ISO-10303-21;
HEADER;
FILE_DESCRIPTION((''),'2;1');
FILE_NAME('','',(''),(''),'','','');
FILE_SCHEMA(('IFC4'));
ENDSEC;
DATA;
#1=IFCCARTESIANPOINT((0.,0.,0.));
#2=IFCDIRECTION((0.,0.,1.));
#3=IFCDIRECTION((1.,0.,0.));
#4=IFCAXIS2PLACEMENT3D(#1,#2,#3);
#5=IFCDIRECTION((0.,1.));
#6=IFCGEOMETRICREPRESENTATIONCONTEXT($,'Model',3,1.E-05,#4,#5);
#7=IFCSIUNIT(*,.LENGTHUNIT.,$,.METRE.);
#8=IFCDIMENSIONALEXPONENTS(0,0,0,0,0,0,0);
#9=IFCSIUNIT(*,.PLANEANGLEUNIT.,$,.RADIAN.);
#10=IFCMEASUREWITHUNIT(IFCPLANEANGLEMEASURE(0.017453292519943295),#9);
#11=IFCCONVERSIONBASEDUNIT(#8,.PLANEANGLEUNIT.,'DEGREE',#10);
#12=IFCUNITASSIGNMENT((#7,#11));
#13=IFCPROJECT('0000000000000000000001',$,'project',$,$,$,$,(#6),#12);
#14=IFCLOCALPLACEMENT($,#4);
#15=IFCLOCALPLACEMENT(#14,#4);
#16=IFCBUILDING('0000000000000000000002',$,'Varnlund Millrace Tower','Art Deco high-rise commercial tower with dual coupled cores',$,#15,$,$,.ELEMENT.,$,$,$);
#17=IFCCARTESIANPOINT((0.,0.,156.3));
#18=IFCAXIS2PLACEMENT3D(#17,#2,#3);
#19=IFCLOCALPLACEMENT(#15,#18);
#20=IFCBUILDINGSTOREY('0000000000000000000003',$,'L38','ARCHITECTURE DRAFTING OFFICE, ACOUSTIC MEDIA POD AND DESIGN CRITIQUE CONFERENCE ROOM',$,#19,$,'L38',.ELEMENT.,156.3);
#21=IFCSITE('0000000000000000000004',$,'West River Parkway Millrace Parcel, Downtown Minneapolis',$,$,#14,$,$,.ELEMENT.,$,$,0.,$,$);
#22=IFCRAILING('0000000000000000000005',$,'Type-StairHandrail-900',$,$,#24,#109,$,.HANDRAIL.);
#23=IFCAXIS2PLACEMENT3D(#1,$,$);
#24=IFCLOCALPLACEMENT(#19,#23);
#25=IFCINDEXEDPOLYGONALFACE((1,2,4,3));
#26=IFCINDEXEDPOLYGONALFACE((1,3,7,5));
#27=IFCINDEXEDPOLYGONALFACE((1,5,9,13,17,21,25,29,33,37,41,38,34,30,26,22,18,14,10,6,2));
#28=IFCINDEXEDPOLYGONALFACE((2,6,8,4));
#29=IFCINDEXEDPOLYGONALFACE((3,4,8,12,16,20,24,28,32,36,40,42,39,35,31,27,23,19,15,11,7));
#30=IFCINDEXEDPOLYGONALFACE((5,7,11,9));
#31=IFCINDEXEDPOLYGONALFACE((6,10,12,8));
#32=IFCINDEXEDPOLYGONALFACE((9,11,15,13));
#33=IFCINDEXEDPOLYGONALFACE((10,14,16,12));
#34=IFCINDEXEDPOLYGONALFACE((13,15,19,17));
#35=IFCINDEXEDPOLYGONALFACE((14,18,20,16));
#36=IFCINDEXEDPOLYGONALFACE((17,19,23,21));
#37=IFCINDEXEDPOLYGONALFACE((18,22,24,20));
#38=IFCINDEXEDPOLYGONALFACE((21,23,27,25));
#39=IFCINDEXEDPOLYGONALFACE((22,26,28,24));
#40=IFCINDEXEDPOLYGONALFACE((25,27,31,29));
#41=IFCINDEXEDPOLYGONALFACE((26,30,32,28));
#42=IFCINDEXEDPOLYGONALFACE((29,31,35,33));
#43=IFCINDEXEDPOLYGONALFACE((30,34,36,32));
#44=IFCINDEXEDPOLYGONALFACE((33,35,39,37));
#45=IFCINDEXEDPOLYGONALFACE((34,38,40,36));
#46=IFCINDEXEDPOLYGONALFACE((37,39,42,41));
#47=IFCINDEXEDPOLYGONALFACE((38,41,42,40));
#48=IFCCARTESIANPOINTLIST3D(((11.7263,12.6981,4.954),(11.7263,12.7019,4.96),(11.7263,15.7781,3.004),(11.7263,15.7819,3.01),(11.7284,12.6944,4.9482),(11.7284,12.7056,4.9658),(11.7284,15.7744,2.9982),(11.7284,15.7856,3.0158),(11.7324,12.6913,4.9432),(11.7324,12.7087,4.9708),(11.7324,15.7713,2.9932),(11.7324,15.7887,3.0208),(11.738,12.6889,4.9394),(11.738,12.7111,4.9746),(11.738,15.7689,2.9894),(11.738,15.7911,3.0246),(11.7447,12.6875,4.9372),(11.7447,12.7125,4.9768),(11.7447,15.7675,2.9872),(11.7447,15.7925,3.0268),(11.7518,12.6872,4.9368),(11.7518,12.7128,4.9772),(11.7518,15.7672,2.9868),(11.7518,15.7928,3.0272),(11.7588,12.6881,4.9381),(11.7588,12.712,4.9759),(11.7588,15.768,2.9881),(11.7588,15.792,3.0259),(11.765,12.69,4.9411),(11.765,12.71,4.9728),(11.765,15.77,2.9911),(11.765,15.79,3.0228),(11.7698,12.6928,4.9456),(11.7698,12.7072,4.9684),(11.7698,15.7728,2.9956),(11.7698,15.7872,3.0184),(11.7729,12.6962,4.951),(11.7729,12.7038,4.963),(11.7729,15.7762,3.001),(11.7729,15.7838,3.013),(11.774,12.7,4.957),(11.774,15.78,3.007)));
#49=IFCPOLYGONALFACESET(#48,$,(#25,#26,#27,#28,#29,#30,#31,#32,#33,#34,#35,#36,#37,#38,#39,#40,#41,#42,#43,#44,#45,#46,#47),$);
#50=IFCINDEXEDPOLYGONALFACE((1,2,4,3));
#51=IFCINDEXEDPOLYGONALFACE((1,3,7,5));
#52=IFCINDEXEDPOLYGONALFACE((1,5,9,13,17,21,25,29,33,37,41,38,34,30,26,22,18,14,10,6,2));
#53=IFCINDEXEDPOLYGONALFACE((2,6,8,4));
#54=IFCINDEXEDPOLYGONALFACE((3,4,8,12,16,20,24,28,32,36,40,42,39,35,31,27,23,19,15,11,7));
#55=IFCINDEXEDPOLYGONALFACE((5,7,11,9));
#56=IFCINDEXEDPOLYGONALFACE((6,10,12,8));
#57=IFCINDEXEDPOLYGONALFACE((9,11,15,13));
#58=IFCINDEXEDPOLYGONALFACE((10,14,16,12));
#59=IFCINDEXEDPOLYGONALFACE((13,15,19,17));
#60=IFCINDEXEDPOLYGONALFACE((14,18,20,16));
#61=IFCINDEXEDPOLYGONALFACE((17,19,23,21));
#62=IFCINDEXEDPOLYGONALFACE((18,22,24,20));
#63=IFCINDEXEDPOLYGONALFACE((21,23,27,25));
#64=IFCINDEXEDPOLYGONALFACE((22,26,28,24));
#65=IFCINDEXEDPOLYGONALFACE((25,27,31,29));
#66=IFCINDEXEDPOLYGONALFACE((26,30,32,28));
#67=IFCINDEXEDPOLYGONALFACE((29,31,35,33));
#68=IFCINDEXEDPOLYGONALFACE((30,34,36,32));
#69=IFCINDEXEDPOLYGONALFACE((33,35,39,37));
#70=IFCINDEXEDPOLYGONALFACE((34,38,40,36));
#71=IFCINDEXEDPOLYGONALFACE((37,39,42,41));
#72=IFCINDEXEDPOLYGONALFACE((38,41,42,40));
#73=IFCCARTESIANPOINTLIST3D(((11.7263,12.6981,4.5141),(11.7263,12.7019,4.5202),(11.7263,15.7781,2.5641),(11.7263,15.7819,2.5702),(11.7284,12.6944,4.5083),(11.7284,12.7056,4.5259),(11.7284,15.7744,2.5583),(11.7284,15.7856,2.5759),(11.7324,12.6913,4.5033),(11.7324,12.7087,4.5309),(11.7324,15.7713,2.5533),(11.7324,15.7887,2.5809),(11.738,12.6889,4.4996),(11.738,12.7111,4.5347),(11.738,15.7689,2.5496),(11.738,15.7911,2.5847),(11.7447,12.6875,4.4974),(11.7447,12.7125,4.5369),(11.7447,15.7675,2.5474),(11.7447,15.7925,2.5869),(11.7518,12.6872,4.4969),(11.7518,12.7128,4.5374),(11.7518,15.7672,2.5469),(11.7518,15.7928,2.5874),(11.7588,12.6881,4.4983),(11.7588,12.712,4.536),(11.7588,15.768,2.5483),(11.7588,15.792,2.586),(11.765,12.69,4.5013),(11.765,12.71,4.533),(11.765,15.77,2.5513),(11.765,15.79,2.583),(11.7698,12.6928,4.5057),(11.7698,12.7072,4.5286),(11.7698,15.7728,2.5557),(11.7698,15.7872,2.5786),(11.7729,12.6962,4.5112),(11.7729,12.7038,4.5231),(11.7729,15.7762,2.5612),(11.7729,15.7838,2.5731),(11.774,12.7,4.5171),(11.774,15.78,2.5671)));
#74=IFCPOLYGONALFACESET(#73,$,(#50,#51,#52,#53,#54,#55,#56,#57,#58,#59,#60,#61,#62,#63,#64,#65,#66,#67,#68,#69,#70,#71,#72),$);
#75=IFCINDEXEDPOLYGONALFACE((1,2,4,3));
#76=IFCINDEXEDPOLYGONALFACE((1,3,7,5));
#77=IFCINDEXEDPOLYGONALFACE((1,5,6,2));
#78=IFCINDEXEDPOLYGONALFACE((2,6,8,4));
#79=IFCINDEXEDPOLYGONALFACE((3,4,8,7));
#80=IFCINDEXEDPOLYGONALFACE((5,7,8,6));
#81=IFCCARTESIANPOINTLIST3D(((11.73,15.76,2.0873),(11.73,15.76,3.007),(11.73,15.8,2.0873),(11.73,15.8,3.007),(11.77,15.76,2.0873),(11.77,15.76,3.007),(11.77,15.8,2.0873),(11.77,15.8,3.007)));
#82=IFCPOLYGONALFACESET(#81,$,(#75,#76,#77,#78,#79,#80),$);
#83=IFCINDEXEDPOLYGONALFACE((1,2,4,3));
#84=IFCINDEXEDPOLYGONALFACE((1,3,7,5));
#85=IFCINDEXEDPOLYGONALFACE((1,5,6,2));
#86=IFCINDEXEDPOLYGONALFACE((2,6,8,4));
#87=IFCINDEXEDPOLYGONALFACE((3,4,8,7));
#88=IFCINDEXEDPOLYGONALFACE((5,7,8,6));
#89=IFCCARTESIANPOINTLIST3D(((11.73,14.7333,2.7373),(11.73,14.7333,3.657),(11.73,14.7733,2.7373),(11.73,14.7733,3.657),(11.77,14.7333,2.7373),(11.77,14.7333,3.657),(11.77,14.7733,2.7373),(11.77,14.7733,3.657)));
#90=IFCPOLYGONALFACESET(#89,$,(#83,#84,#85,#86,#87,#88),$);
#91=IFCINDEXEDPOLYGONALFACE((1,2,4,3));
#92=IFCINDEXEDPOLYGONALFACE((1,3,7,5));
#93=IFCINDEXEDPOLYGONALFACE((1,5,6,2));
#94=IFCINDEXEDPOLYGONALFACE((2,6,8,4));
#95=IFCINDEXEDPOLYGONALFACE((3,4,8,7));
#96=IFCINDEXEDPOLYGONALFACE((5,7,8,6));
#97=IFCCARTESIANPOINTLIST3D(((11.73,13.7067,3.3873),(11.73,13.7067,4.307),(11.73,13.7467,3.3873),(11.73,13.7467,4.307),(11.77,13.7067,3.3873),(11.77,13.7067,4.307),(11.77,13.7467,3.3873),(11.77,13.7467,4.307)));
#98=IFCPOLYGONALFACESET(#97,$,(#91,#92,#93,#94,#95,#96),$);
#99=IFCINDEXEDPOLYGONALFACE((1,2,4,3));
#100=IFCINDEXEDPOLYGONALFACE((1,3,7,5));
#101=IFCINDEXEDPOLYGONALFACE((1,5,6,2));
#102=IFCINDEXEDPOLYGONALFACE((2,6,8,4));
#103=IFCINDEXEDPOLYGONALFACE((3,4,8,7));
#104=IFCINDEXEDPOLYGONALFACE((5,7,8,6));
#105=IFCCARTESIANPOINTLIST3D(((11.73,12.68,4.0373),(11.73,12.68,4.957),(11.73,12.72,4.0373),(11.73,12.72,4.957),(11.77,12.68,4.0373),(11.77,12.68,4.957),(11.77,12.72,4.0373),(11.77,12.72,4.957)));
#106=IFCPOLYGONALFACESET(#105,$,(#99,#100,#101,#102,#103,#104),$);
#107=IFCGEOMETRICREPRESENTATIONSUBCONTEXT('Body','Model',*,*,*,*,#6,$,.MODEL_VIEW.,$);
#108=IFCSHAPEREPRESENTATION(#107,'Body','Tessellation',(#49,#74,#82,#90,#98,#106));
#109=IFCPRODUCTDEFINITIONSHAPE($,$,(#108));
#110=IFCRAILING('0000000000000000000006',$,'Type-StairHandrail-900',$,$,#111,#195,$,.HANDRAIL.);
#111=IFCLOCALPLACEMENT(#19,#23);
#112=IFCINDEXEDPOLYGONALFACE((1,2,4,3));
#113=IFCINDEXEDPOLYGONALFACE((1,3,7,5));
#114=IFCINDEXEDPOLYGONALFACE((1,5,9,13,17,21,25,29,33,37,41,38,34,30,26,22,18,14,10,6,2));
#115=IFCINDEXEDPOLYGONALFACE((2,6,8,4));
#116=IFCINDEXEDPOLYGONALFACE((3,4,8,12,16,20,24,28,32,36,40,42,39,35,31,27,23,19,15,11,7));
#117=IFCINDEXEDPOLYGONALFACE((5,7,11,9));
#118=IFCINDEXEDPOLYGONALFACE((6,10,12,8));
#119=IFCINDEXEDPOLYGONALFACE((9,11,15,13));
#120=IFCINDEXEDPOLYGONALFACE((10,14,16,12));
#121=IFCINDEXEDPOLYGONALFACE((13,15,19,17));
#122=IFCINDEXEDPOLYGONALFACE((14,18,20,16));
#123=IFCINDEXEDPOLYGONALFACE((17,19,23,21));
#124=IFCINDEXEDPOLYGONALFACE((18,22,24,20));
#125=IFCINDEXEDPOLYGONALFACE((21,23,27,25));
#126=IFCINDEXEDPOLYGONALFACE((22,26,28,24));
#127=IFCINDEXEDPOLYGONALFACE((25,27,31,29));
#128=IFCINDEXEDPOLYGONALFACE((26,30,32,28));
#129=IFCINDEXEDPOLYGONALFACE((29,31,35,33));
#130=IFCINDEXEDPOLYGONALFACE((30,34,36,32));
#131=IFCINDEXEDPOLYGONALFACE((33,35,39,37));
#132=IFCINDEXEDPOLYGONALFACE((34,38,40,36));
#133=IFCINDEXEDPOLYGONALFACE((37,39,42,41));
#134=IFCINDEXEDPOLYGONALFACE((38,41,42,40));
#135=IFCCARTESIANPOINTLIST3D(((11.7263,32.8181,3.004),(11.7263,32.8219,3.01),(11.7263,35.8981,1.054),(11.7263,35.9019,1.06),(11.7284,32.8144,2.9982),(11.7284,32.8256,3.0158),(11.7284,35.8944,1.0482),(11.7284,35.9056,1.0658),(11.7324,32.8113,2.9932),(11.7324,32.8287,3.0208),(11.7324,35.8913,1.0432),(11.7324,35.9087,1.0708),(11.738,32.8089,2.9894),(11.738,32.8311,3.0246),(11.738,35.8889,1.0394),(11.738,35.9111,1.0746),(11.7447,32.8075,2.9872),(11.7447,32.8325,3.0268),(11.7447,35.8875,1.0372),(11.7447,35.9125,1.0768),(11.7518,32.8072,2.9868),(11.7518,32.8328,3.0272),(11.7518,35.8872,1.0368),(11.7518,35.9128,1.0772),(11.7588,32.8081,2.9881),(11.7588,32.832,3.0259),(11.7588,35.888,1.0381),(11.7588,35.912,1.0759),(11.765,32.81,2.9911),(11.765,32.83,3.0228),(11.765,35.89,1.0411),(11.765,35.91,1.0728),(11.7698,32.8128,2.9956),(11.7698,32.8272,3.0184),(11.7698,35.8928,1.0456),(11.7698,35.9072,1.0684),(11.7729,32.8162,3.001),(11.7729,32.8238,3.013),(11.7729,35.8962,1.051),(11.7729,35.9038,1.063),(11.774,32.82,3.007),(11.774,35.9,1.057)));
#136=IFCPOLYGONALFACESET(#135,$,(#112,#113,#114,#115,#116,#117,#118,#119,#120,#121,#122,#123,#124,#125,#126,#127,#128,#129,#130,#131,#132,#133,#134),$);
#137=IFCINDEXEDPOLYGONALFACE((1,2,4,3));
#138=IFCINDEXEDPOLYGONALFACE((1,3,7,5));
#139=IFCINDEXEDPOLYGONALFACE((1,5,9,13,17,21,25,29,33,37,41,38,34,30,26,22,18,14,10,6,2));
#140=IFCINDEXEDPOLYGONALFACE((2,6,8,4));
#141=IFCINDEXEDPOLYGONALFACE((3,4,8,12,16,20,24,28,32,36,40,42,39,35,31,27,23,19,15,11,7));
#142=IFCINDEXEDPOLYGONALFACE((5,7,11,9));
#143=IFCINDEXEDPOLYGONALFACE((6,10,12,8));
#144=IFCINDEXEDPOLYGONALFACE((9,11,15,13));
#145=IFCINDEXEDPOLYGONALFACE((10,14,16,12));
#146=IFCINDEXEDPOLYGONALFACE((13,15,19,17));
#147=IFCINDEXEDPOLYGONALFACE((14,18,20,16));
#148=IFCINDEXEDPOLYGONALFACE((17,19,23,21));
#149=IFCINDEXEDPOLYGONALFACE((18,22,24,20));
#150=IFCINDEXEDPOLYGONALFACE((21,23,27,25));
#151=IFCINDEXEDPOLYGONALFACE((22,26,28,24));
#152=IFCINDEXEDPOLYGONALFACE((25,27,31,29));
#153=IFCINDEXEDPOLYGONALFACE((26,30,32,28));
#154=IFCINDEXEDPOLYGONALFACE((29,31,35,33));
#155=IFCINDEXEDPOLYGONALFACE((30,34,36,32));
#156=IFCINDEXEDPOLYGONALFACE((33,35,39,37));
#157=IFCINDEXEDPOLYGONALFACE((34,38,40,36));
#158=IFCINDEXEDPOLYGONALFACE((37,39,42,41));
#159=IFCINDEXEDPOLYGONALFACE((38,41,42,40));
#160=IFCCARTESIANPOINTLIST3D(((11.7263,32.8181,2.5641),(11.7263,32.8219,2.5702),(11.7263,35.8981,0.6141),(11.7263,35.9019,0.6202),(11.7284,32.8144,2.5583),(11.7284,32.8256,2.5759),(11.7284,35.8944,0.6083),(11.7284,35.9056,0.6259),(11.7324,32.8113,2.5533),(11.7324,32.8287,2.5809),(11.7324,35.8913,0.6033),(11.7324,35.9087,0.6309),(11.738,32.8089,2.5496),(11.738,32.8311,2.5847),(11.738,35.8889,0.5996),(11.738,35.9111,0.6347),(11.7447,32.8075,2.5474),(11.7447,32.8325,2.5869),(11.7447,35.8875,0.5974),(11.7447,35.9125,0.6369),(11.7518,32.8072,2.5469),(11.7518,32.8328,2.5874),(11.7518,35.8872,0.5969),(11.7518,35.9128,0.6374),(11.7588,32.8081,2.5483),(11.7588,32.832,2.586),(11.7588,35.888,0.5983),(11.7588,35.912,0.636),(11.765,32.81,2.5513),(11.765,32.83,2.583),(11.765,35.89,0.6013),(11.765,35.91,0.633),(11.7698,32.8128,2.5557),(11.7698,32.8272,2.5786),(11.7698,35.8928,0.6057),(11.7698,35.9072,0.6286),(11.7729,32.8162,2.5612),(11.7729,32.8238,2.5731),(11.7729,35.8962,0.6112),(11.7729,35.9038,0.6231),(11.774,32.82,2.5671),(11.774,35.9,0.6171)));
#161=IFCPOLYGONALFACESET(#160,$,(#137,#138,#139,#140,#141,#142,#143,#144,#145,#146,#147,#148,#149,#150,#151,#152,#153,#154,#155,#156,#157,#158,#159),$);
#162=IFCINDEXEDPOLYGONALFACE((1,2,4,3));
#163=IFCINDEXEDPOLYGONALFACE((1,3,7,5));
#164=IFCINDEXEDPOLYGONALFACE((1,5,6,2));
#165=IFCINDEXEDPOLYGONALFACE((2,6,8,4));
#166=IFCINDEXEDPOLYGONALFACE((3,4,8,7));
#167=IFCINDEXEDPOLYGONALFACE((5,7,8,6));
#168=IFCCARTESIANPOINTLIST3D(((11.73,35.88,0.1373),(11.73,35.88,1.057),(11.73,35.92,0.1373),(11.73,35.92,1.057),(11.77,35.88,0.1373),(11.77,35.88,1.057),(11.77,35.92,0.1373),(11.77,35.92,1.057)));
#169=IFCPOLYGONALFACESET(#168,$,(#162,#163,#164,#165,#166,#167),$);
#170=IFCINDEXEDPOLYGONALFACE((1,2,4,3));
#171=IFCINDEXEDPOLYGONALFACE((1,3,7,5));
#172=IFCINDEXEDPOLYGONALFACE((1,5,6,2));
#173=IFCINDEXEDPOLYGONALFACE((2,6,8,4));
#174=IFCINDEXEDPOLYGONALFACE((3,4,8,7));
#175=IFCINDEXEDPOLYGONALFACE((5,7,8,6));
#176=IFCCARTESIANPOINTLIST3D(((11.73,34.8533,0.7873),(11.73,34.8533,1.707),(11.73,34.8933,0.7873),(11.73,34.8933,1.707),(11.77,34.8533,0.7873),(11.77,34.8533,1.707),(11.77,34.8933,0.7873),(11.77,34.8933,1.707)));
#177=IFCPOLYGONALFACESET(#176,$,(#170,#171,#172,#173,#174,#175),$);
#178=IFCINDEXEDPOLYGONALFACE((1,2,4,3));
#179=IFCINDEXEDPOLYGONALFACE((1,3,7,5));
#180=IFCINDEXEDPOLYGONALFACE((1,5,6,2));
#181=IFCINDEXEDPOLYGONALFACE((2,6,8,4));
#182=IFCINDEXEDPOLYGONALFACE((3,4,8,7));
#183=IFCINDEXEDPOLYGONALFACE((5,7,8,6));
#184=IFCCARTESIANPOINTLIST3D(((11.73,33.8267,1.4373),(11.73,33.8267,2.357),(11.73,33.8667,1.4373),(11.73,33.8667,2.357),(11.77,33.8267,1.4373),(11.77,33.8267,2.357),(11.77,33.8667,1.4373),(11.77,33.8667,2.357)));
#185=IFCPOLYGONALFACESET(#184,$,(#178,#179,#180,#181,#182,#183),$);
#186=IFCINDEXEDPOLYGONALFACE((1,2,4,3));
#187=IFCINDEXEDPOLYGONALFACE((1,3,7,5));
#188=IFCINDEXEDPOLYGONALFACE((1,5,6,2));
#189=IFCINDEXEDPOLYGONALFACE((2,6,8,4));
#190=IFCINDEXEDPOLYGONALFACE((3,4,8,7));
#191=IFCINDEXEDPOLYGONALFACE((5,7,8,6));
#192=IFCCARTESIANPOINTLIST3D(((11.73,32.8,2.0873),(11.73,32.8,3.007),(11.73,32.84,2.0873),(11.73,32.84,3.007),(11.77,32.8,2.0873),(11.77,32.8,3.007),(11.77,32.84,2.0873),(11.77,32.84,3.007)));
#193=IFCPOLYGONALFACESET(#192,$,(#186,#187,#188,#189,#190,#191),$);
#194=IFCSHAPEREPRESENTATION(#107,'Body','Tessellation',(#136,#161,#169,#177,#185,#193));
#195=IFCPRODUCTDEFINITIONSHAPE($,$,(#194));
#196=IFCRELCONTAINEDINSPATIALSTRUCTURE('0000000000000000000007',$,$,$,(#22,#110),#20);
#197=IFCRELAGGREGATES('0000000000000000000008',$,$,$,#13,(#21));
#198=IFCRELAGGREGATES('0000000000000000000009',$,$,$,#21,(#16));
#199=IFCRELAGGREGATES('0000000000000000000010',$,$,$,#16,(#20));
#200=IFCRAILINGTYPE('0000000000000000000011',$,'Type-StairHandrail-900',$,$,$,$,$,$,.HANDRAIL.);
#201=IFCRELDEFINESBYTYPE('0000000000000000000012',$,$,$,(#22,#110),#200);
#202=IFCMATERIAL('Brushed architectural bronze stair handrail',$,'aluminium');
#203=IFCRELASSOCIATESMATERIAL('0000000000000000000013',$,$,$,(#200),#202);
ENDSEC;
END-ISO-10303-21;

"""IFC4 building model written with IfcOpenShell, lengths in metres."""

from ifc_helpers import new_model, entity, si_unit, converted_unit, direction, frame, origin_with_axes, origin_2d_with_axis, place, context, subcontext, project, spatial, rectangle, circle, extrude, material, type_object, element, save


model = new_model("IFC4")

# Units and contexts
model_context = context("Model", 3, precision=1e-05, world=origin_with_axes(), true_north=direction((0.0, 1.0)))
body_context = subcontext(model_context, "Body", "Model", "MODEL_VIEW")
ifc_project = project(units=[si_unit("LENGTHUNIT", "METRE"), converted_unit("PLANEANGLEUNIT", "DEGREE", entity("IfcPlaneAngleMeasure", 0.017453292519943295), si_unit("PLANEANGLEUNIT", "RADIAN"), dimensions=[0, 0, 0, 0, 0, 0, 0])], contexts=[model_context])

# Site, building, storey
site_placement = place(None, origin_with_axes())
site = spatial("IfcSite", under=ifc_project, at=site_placement, Name="West River Parkway Millrace Parcel, Downtown Minneapolis", CompositionType="ELEMENT", RefElevation=0.0)
building_placement = place(site_placement, origin_with_axes())
building = spatial("IfcBuilding", under=site, at=building_placement, Name="Varnlund Millrace Tower", Description="Art Deco high-rise commercial tower with dual coupled cores", CompositionType="ELEMENT")
storey_placement = place(building_placement, frame((0.0, 0.0, 156.3), z_axis=(0.0, 0.0, 1.0), x_axis=(1.0, 0.0, 0.0)))
storey = spatial("IfcBuildingStorey", under=building, at=storey_placement, Name="L38", Description="ARCHITECTURE DRAFTING OFFICE, ACOUSTIC MEDIA POD AND DESIGN CRITIQUE CONFERENCE ROOM", LongName="L38", CompositionType="ELEMENT", Elevation=156.3)

# Railings
ifc_material_1 = material(Name="Brushed architectural bronze stair handrail", Category="aluminium")
railing_type_1 = type_object("IfcRailingType", Name="Type-StairHandrail-900", PredefinedType="HANDRAIL", material=ifc_material_1)
railing_1_placement = place(storey_placement, frame((0.0, 0.0, -156.3), z_axis=(0.0, 0.0, 1.0), x_axis=(1.0, 0.0, 0.0)))
element("IfcRailing", 1, at=railing_1_placement, inside=storey, type_object=railing_type_1, Name="Type-StairHandrail-900", PredefinedType="HANDRAIL", context=body_context, shape_type="SweptSolid", body=[
    extrude(circle(Radius=0.024, at=origin_2d_with_axis()), frame((11.75, 15.78, 159.307), z_axis=(0.0, -0.844902, 0.534922), x_axis=(1.0, 0.0, 0.0)), (0.0, 0.0, 1.0), 3.6454),
    extrude(circle(Radius=0.024, at=origin_2d_with_axis()), frame((11.75, 15.78, 158.8671), z_axis=(0.0, -0.844902, 0.534922), x_axis=(1.0, 0.0, 0.0)), (0.0, 0.0, 1.0), 3.6454),
    extrude(rectangle(XDim=0.04, YDim=0.04, at=origin_2d_with_axis()), frame((11.75, 15.78, 158.3873), z_axis=(0.0, 0.0, 1.0), x_axis=(1.0, 0.0, 0.0)), (0.0, 0.0, 1.0), 0.9197),
    extrude(rectangle(XDim=0.04, YDim=0.04, at=origin_2d_with_axis()), frame((11.75, 14.7533, 159.0373), z_axis=(0.0, 0.0, 1.0), x_axis=(1.0, 0.0, 0.0)), (0.0, 0.0, 1.0), 0.9197),
    extrude(rectangle(XDim=0.04, YDim=0.04, at=origin_2d_with_axis()), frame((11.75, 13.7267, 159.6873), z_axis=(0.0, 0.0, 1.0), x_axis=(1.0, 0.0, 0.0)), (0.0, 0.0, 1.0), 0.9197),
    extrude(rectangle(XDim=0.04, YDim=0.04, at=origin_2d_with_axis()), frame((11.75, 12.7, 160.3373), z_axis=(0.0, 0.0, 1.0), x_axis=(1.0, 0.0, 0.0)), (0.0, 0.0, 1.0), 0.9197),
])
railing_2_placement = place(storey_placement, frame((0.0, 0.0, -156.3), z_axis=(0.0, 0.0, 1.0), x_axis=(1.0, 0.0, 0.0)))
element("IfcRailing", 2, at=railing_2_placement, inside=storey, type_object=railing_type_1, Name="Type-StairHandrail-900", PredefinedType="HANDRAIL", context=body_context, shape_type="SweptSolid", body=[
    extrude(circle(Radius=0.024, at=origin_2d_with_axis()), frame((11.75, 35.9, 157.357), z_axis=(0.0, -0.844902, 0.534922), x_axis=(1.0, 0.0, 0.0)), (0.0, 0.0, 1.0), 3.6454),
    extrude(circle(Radius=0.024, at=origin_2d_with_axis()), frame((11.75, 35.9, 156.9171), z_axis=(0.0, -0.844902, 0.534922), x_axis=(1.0, 0.0, 0.0)), (0.0, 0.0, 1.0), 3.6454),
    extrude(rectangle(XDim=0.04, YDim=0.04, at=origin_2d_with_axis()), frame((11.75, 35.9, 156.4373), z_axis=(0.0, 0.0, 1.0), x_axis=(1.0, 0.0, 0.0)), (0.0, 0.0, 1.0), 0.9197),
    extrude(rectangle(XDim=0.04, YDim=0.04, at=origin_2d_with_axis()), frame((11.75, 34.8733, 157.0873), z_axis=(0.0, 0.0, 1.0), x_axis=(1.0, 0.0, 0.0)), (0.0, 0.0, 1.0), 0.9197),
    extrude(rectangle(XDim=0.04, YDim=0.04, at=origin_2d_with_axis()), frame((11.75, 33.8467, 157.7373), z_axis=(0.0, 0.0, 1.0), x_axis=(1.0, 0.0, 0.0)), (0.0, 0.0, 1.0), 0.9197),
    extrude(rectangle(XDim=0.04, YDim=0.04, at=origin_2d_with_axis()), frame((11.75, 32.82, 158.3873), z_axis=(0.0, 0.0, 1.0), x_axis=(1.0, 0.0, 0.0)), (0.0, 0.0, 1.0), 0.9197),
])

save(model, "model.ifc")
